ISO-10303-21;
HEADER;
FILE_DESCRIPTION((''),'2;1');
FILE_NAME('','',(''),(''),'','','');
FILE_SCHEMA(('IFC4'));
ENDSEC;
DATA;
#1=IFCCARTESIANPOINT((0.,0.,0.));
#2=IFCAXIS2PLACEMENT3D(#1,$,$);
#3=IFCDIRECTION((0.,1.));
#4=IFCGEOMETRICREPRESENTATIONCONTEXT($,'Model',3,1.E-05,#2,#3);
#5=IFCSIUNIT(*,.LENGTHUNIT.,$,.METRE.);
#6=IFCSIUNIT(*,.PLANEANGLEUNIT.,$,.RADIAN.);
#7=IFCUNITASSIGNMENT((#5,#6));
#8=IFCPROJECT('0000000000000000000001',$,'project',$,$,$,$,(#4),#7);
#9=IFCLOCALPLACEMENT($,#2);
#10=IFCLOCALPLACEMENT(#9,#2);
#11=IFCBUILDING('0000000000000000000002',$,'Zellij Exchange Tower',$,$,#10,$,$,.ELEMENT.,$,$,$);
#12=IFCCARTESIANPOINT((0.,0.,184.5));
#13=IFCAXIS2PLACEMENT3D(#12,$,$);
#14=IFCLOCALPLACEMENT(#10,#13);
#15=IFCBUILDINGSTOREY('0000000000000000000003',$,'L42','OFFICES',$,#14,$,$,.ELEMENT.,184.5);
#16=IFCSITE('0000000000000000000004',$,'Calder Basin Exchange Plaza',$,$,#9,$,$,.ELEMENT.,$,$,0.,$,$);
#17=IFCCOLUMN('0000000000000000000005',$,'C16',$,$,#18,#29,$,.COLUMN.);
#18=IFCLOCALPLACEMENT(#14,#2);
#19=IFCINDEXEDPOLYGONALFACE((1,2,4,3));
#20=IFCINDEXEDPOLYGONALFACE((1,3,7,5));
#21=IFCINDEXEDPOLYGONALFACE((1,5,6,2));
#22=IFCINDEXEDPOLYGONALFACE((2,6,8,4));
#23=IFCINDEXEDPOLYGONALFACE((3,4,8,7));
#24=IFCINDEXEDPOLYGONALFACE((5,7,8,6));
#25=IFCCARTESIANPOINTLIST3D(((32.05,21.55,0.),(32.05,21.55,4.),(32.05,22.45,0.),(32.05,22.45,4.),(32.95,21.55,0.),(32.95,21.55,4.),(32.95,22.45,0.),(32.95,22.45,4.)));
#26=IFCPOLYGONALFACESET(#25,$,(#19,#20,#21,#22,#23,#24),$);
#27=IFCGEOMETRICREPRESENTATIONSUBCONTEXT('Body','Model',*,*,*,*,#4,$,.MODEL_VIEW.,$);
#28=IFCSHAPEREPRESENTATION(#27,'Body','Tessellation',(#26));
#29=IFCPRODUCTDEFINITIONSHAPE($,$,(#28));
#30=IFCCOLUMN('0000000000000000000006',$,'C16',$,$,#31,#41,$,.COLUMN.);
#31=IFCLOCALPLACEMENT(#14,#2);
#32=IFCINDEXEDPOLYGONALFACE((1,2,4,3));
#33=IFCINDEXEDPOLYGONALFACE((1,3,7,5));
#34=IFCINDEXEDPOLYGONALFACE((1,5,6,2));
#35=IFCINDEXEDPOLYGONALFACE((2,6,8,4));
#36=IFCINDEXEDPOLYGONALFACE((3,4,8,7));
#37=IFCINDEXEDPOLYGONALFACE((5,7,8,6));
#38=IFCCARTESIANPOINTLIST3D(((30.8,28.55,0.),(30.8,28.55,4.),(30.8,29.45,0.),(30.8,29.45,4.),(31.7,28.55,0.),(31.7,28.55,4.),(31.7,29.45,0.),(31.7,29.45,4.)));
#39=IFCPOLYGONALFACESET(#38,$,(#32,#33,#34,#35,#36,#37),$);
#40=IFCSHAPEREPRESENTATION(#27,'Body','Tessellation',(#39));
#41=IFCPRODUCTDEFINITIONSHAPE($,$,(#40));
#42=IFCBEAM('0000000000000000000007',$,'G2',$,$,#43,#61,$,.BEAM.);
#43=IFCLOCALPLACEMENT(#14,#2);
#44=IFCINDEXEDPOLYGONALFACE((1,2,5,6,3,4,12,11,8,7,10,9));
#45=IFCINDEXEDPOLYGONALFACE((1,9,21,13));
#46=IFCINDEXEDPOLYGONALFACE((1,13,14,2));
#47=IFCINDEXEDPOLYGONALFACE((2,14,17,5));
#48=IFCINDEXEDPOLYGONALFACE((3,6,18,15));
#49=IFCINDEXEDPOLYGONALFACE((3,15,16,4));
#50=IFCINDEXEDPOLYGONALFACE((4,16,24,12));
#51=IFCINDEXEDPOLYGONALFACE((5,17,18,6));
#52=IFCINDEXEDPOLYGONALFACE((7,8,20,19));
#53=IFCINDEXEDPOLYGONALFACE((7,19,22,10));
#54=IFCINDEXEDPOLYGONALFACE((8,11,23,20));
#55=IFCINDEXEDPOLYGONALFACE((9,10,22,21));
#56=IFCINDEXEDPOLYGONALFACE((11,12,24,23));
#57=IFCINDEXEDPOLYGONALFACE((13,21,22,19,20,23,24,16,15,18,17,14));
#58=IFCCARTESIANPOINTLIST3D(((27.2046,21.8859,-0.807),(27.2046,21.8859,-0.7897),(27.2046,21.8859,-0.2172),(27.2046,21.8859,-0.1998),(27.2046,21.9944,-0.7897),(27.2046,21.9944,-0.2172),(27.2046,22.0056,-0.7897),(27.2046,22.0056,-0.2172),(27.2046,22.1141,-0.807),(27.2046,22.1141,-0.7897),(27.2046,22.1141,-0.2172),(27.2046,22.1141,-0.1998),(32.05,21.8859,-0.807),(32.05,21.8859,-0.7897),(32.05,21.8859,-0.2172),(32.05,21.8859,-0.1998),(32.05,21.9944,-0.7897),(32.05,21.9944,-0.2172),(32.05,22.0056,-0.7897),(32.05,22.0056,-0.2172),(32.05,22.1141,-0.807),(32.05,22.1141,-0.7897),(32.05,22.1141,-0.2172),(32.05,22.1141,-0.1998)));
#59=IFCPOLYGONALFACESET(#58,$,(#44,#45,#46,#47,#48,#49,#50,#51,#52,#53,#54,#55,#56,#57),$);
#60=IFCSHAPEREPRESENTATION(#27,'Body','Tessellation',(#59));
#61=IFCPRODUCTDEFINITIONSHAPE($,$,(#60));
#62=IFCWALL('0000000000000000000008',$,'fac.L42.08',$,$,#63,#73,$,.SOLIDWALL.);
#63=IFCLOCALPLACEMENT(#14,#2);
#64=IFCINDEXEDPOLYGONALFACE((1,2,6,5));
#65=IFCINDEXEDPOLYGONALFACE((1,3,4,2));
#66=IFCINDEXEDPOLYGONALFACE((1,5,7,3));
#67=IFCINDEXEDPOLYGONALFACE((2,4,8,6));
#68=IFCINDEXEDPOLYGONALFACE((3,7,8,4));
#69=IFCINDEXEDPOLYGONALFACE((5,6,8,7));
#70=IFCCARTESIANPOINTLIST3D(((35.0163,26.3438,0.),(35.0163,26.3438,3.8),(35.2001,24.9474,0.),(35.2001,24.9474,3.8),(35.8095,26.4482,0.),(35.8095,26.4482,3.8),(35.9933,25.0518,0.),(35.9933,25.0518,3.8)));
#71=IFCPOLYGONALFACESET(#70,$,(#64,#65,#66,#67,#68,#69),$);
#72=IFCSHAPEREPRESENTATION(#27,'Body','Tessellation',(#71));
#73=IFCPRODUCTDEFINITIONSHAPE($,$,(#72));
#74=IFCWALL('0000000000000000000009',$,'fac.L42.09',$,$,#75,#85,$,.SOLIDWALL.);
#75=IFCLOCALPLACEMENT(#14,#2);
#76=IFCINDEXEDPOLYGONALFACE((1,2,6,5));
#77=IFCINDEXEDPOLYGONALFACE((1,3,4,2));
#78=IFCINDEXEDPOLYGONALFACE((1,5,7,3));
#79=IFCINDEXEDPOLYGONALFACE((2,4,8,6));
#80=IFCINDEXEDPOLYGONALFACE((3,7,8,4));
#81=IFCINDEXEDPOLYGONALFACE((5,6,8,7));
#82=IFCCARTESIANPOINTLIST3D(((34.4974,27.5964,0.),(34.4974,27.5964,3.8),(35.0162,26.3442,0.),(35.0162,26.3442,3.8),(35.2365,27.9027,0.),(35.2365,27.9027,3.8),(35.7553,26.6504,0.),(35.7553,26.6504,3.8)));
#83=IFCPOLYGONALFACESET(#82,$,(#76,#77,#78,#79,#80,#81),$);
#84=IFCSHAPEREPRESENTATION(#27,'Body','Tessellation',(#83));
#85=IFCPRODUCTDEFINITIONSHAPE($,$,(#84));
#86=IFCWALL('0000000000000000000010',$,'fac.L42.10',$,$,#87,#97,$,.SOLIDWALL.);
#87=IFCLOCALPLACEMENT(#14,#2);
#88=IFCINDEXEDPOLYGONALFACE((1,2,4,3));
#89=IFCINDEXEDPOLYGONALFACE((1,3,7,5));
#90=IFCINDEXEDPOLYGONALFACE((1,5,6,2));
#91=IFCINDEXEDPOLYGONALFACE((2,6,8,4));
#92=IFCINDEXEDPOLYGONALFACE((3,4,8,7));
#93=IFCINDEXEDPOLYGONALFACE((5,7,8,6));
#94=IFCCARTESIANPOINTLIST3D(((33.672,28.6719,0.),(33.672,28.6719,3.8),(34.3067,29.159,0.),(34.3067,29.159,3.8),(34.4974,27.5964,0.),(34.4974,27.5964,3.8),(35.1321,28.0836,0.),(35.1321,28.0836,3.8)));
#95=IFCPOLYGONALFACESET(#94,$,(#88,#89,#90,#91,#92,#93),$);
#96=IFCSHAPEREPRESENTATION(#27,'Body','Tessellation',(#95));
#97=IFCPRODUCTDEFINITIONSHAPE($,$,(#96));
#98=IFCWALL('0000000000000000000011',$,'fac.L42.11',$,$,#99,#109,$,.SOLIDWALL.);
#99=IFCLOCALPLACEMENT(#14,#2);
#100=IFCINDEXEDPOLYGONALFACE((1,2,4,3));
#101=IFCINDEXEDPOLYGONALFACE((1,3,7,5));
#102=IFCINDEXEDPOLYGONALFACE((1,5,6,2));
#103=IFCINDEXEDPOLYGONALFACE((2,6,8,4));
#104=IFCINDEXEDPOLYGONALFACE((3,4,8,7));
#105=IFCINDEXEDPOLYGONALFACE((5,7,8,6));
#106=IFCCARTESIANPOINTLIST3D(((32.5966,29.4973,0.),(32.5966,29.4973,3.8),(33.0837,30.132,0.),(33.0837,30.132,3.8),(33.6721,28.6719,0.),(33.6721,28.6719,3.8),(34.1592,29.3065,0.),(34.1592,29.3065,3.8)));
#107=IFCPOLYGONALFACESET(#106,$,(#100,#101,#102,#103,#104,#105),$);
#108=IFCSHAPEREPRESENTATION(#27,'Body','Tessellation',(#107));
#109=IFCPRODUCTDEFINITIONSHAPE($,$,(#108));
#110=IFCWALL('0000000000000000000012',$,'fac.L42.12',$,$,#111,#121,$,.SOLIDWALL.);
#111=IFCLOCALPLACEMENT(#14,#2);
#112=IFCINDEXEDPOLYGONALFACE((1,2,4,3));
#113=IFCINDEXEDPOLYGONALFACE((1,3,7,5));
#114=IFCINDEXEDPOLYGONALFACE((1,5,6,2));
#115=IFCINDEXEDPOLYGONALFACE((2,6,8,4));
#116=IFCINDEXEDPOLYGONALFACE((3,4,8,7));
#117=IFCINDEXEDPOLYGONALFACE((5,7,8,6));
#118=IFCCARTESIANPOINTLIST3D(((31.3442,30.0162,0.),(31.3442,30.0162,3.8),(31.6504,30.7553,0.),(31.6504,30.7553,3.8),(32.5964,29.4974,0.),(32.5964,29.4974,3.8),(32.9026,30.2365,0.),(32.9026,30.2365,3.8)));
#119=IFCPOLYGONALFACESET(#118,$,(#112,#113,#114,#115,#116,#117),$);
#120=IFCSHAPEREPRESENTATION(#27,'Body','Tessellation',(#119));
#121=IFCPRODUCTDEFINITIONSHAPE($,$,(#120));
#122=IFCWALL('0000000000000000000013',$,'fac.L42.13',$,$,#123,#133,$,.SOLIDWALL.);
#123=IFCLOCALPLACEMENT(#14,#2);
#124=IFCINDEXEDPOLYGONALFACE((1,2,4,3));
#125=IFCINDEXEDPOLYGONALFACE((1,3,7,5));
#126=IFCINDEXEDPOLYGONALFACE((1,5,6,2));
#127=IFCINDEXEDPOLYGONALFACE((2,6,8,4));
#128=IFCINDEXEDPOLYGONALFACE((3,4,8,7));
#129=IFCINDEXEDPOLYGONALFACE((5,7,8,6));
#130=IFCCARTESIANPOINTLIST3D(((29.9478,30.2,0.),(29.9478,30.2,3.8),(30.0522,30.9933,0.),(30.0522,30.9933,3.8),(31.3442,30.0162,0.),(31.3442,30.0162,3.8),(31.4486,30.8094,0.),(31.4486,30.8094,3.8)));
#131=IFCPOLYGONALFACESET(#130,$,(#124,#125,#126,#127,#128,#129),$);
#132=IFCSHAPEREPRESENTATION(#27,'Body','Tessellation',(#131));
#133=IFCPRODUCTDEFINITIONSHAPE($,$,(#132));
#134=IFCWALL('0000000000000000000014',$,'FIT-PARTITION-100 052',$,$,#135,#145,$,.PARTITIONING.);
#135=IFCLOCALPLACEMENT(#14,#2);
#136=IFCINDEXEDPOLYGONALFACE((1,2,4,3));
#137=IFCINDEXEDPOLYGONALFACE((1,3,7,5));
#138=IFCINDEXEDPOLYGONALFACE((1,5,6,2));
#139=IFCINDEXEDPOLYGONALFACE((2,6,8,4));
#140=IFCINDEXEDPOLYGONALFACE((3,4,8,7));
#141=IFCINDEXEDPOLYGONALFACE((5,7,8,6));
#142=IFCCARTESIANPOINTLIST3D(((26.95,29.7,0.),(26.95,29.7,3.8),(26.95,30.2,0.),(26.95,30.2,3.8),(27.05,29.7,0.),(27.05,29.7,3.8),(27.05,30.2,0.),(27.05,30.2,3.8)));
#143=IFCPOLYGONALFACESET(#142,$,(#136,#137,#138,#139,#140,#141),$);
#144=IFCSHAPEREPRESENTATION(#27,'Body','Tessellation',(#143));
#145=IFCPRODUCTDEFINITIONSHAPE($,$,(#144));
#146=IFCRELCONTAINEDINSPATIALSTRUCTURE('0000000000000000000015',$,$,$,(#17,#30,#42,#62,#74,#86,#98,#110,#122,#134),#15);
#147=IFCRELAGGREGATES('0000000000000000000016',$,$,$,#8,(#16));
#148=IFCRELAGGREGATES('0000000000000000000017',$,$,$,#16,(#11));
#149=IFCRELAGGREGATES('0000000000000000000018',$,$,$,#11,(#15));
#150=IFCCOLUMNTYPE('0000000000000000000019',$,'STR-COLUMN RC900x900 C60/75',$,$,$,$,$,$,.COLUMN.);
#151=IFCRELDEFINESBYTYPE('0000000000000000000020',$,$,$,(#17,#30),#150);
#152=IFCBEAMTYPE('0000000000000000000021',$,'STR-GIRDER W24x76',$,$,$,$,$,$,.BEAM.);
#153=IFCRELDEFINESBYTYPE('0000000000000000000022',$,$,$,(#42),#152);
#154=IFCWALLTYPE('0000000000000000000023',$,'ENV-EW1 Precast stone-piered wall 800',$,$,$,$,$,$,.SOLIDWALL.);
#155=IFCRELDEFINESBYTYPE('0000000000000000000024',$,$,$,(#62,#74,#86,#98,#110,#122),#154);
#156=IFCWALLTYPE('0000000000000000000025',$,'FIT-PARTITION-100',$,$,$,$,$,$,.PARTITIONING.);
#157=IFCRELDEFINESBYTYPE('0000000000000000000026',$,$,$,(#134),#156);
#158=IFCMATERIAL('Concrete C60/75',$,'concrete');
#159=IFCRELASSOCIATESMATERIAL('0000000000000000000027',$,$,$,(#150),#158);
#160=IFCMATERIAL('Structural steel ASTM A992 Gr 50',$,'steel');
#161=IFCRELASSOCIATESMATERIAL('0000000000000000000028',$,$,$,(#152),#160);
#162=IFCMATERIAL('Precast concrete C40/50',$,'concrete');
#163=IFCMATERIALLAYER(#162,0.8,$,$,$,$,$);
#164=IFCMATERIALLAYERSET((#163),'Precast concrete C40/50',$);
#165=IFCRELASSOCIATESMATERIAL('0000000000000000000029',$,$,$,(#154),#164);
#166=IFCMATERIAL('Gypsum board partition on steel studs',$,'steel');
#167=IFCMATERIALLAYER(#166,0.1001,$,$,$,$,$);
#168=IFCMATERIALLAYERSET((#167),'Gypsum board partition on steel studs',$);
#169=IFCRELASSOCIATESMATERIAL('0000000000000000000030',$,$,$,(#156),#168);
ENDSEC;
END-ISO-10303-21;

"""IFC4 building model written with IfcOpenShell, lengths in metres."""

from ifc_helpers import new_model, si_unit, direction, frame, frame_2d, origin, origin_2d, place, context, subcontext, project, spatial, rectangle, i_section, extrude, material, layer, layer_set, material_profile, profile_set, type_object, element, save


model = new_model("IFC4")

# Units and contexts
model_context = context("Model", 3, precision=1e-05, world=origin(), true_north=direction((0.0, 1.0)))
body_context = subcontext(model_context, "Body", "Model", "MODEL_VIEW")
ifc_project = project(units=[si_unit("LENGTHUNIT", "METRE"), si_unit("PLANEANGLEUNIT", "RADIAN")], contexts=[model_context])

# Site, building, storey
site_placement = place(None, origin())
site = spatial("IfcSite", under=ifc_project, at=site_placement, Name="Calder Basin Exchange Plaza", CompositionType="ELEMENT", RefElevation=0.0)
building_placement = place(site_placement, origin())
building = spatial("IfcBuilding", under=site, at=building_placement, Name="Zellij Exchange Tower", CompositionType="ELEMENT")
storey_placement = place(building_placement, frame((0.0, 0.0, 184.5)))
storey = spatial("IfcBuildingStorey", under=building, at=storey_placement, Name="L42", Description="OFFICES", CompositionType="ELEMENT", Elevation=184.5)

# Columns
ifc_material_1 = material(Name="Concrete C60/75", Category="concrete")
ifc_material_profile_1 = material_profile(ifc_material_1, rectangle(XDim=0.8999, YDim=0.8999, at=origin_2d()), Name="STR-COLUMN RC900x900 C60/75")
ifc_profile_set_1 = profile_set([ifc_material_profile_1], Name="Concrete C60/75")
column_type = type_object("IfcColumnType", Name="STR-COLUMN RC900x900 C60/75", PredefinedType="COLUMN", material=ifc_profile_set_1)
for number, where, z_axis, x_axis, name in (
    (1, (32.5, 22.0, 0.0), (0.0, 0.0, 1.0), (1.0, 0.0, 0.0), "C16"),
    (2, (31.25, 29.0, 0.0), (0.0, 0.0, 1.0), (1.0, 0.0, 0.0), "C16"),
):
    element("IfcColumn", number, at=place(storey_placement, frame(where, z_axis=z_axis, x_axis=x_axis)), inside=storey, type_object=column_type, Name=name, PredefinedType="COLUMN", context=body_context, shape_type="SweptSolid", body=[
        extrude(rectangle(XDim=0.8999, YDim=0.8999, at=origin_2d()), origin(), (0.0, 0.0, 1.0), 4.0),
    ])

# Beam
ifc_material_2 = material(Name="Structural steel ASTM A992 Gr 50", Category="steel")
ifc_material_profile_2 = material_profile(ifc_material_2, i_section(OverallWidth=0.2283, OverallDepth=0.6072, WebThickness=0.0112, FlangeThickness=0.0173, at=origin_2d()), Name="W24x76")
ifc_profile_set_2 = profile_set([ifc_material_profile_2], Name="Structural steel ASTM A992 Gr 50")
beam_type = type_object("IfcBeamType", Name="STR-GIRDER W24x76", PredefinedType="BEAM", material=ifc_profile_set_2)
beam_placement = place(storey_placement, frame((27.2046, 22.0, -0.5034), z_axis=(1.0, 0.0, 0.0), x_axis=(0.0, 1.0, 0.0)))
element("IfcBeam", 3, at=beam_placement, inside=storey, type_object=beam_type, Name="G2", PredefinedType="BEAM", context=body_context, shape_type="SweptSolid", body=[
    extrude(i_section(OverallWidth=0.2283, OverallDepth=0.6072, WebThickness=0.0112, FlangeThickness=0.0173, at=origin_2d()), origin(), (0.0, 0.0, 1.0), 4.8455),
])

# Walls
ifc_material_3 = material(Name="Precast concrete C40/50", Category="concrete")
ifc_layer_1 = layer(ifc_material_3, 0.8)
ifc_layer_set_1 = layer_set([ifc_layer_1], Name="Precast concrete C40/50")
wall_type_1 = type_object("IfcWallType", Name="ENV-EW1 Precast stone-piered wall 800", PredefinedType="SOLIDWALL", material=ifc_layer_set_1)
wall_1_placement = place(storey_placement, frame((35.5967, 24.9998, 0.0), z_axis=(0.0, 0.0, 1.0), x_axis=(-0.130517, 0.991446, 0.0)))
element("IfcWall", 4, at=wall_1_placement, inside=storey, type_object=wall_type_1, Name="fac.L42.08", PredefinedType="SOLIDWALL", context=body_context, shape_type="SweptSolid", body=[
    extrude(rectangle(XDim=1.4084, YDim=0.8, at=frame_2d((0.7041, 0.0))), origin(), (0.0, 0.0, 1.0), 3.8),
])
wall_2_placement = place(storey_placement, frame((35.3857, 26.4973, 0.0), z_axis=(0.0, 0.0, 1.0), x_axis=(-0.38276, 0.923848, 0.0)))
element("IfcWall", 5, at=wall_2_placement, inside=storey, type_object=wall_type_1, Name="fac.L42.09", PredefinedType="SOLIDWALL", context=body_context, shape_type="SweptSolid", body=[
    extrude(rectangle(XDim=1.3555, YDim=0.8, at=frame_2d((0.6777, 0.0))), origin(), (0.0, 0.0, 1.0), 3.8),
])
for number, where, z_axis, x_axis, name in (
    (6, (34.8147, 27.8401, 0.0), (0.0, 0.0, 1.0), (-0.608866, 0.793273, 0.0), "fac.L42.10"),
    (7, (33.9155, 28.9893, 0.0), (0.0, 0.0, 1.0), (-0.793273, 0.608866, 0.0), "fac.L42.11"),
):
    element("IfcWall", number, at=place(storey_placement, frame(where, z_axis=z_axis, x_axis=x_axis)), inside=storey, type_object=wall_type_1, Name=name, PredefinedType="SOLIDWALL", context=body_context, shape_type="SweptSolid", body=[
        extrude(rectangle(XDim=1.3557, YDim=0.8, at=frame_2d((0.6777, 0.0))), origin(), (0.0, 0.0, 1.0), 3.8),
    ])
wall_3_placement = place(storey_placement, frame((32.7495, 29.8669, 0.0), z_axis=(0.0, 0.0, 1.0), x_axis=(-0.923848, 0.38276, 0.0)))
element("IfcWall", 8, at=wall_3_placement, inside=storey, type_object=wall_type_1, Name="fac.L42.12", PredefinedType="SOLIDWALL", context=body_context, shape_type="SweptSolid", body=[
    extrude(rectangle(XDim=1.3555, YDim=0.8, at=frame_2d((0.6777, 0.0))), origin(), (0.0, 0.0, 1.0), 3.8),
])
wall_4_placement = place(storey_placement, frame((31.3962, 30.4128, 0.0), z_axis=(0.0, 0.0, 1.0), x_axis=(-0.991446, 0.130517, 0.0)))
element("IfcWall", 9, at=wall_4_placement, inside=storey, type_object=wall_type_1, Name="fac.L42.13", PredefinedType="SOLIDWALL", context=body_context, shape_type="SweptSolid", body=[
    extrude(rectangle(XDim=1.4084, YDim=0.8, at=frame_2d((0.7041, 0.0))), origin(), (0.0, 0.0, 1.0), 3.8),
])

# Wall
ifc_material_4 = material(Name="Gypsum board partition on steel studs", Category="steel")
ifc_layer_2 = layer(ifc_material_4, 0.1001)
ifc_layer_set_2 = layer_set([ifc_layer_2], Name="Gypsum board partition on steel studs")
wall_type_2 = type_object("IfcWallType", Name="FIT-PARTITION-100", PredefinedType="PARTITIONING", material=ifc_layer_set_2)
wall_5_placement = place(storey_placement, frame((27.0, 29.7, 0.0), z_axis=(0.0, 0.0, 1.0), x_axis=(0.0, 1.0, 0.0)))
element("IfcWall", 10, at=wall_5_placement, inside=storey, type_object=wall_type_2, Name="FIT-PARTITION-100 052", PredefinedType="PARTITIONING", context=body_context, shape_type="SweptSolid", body=[
    extrude(rectangle(XDim=0.5, YDim=0.1001, at=frame_2d((0.25, 0.0))), origin(), (0.0, 0.0, 1.0), 3.8),
])

save(model, "model.ifc")
